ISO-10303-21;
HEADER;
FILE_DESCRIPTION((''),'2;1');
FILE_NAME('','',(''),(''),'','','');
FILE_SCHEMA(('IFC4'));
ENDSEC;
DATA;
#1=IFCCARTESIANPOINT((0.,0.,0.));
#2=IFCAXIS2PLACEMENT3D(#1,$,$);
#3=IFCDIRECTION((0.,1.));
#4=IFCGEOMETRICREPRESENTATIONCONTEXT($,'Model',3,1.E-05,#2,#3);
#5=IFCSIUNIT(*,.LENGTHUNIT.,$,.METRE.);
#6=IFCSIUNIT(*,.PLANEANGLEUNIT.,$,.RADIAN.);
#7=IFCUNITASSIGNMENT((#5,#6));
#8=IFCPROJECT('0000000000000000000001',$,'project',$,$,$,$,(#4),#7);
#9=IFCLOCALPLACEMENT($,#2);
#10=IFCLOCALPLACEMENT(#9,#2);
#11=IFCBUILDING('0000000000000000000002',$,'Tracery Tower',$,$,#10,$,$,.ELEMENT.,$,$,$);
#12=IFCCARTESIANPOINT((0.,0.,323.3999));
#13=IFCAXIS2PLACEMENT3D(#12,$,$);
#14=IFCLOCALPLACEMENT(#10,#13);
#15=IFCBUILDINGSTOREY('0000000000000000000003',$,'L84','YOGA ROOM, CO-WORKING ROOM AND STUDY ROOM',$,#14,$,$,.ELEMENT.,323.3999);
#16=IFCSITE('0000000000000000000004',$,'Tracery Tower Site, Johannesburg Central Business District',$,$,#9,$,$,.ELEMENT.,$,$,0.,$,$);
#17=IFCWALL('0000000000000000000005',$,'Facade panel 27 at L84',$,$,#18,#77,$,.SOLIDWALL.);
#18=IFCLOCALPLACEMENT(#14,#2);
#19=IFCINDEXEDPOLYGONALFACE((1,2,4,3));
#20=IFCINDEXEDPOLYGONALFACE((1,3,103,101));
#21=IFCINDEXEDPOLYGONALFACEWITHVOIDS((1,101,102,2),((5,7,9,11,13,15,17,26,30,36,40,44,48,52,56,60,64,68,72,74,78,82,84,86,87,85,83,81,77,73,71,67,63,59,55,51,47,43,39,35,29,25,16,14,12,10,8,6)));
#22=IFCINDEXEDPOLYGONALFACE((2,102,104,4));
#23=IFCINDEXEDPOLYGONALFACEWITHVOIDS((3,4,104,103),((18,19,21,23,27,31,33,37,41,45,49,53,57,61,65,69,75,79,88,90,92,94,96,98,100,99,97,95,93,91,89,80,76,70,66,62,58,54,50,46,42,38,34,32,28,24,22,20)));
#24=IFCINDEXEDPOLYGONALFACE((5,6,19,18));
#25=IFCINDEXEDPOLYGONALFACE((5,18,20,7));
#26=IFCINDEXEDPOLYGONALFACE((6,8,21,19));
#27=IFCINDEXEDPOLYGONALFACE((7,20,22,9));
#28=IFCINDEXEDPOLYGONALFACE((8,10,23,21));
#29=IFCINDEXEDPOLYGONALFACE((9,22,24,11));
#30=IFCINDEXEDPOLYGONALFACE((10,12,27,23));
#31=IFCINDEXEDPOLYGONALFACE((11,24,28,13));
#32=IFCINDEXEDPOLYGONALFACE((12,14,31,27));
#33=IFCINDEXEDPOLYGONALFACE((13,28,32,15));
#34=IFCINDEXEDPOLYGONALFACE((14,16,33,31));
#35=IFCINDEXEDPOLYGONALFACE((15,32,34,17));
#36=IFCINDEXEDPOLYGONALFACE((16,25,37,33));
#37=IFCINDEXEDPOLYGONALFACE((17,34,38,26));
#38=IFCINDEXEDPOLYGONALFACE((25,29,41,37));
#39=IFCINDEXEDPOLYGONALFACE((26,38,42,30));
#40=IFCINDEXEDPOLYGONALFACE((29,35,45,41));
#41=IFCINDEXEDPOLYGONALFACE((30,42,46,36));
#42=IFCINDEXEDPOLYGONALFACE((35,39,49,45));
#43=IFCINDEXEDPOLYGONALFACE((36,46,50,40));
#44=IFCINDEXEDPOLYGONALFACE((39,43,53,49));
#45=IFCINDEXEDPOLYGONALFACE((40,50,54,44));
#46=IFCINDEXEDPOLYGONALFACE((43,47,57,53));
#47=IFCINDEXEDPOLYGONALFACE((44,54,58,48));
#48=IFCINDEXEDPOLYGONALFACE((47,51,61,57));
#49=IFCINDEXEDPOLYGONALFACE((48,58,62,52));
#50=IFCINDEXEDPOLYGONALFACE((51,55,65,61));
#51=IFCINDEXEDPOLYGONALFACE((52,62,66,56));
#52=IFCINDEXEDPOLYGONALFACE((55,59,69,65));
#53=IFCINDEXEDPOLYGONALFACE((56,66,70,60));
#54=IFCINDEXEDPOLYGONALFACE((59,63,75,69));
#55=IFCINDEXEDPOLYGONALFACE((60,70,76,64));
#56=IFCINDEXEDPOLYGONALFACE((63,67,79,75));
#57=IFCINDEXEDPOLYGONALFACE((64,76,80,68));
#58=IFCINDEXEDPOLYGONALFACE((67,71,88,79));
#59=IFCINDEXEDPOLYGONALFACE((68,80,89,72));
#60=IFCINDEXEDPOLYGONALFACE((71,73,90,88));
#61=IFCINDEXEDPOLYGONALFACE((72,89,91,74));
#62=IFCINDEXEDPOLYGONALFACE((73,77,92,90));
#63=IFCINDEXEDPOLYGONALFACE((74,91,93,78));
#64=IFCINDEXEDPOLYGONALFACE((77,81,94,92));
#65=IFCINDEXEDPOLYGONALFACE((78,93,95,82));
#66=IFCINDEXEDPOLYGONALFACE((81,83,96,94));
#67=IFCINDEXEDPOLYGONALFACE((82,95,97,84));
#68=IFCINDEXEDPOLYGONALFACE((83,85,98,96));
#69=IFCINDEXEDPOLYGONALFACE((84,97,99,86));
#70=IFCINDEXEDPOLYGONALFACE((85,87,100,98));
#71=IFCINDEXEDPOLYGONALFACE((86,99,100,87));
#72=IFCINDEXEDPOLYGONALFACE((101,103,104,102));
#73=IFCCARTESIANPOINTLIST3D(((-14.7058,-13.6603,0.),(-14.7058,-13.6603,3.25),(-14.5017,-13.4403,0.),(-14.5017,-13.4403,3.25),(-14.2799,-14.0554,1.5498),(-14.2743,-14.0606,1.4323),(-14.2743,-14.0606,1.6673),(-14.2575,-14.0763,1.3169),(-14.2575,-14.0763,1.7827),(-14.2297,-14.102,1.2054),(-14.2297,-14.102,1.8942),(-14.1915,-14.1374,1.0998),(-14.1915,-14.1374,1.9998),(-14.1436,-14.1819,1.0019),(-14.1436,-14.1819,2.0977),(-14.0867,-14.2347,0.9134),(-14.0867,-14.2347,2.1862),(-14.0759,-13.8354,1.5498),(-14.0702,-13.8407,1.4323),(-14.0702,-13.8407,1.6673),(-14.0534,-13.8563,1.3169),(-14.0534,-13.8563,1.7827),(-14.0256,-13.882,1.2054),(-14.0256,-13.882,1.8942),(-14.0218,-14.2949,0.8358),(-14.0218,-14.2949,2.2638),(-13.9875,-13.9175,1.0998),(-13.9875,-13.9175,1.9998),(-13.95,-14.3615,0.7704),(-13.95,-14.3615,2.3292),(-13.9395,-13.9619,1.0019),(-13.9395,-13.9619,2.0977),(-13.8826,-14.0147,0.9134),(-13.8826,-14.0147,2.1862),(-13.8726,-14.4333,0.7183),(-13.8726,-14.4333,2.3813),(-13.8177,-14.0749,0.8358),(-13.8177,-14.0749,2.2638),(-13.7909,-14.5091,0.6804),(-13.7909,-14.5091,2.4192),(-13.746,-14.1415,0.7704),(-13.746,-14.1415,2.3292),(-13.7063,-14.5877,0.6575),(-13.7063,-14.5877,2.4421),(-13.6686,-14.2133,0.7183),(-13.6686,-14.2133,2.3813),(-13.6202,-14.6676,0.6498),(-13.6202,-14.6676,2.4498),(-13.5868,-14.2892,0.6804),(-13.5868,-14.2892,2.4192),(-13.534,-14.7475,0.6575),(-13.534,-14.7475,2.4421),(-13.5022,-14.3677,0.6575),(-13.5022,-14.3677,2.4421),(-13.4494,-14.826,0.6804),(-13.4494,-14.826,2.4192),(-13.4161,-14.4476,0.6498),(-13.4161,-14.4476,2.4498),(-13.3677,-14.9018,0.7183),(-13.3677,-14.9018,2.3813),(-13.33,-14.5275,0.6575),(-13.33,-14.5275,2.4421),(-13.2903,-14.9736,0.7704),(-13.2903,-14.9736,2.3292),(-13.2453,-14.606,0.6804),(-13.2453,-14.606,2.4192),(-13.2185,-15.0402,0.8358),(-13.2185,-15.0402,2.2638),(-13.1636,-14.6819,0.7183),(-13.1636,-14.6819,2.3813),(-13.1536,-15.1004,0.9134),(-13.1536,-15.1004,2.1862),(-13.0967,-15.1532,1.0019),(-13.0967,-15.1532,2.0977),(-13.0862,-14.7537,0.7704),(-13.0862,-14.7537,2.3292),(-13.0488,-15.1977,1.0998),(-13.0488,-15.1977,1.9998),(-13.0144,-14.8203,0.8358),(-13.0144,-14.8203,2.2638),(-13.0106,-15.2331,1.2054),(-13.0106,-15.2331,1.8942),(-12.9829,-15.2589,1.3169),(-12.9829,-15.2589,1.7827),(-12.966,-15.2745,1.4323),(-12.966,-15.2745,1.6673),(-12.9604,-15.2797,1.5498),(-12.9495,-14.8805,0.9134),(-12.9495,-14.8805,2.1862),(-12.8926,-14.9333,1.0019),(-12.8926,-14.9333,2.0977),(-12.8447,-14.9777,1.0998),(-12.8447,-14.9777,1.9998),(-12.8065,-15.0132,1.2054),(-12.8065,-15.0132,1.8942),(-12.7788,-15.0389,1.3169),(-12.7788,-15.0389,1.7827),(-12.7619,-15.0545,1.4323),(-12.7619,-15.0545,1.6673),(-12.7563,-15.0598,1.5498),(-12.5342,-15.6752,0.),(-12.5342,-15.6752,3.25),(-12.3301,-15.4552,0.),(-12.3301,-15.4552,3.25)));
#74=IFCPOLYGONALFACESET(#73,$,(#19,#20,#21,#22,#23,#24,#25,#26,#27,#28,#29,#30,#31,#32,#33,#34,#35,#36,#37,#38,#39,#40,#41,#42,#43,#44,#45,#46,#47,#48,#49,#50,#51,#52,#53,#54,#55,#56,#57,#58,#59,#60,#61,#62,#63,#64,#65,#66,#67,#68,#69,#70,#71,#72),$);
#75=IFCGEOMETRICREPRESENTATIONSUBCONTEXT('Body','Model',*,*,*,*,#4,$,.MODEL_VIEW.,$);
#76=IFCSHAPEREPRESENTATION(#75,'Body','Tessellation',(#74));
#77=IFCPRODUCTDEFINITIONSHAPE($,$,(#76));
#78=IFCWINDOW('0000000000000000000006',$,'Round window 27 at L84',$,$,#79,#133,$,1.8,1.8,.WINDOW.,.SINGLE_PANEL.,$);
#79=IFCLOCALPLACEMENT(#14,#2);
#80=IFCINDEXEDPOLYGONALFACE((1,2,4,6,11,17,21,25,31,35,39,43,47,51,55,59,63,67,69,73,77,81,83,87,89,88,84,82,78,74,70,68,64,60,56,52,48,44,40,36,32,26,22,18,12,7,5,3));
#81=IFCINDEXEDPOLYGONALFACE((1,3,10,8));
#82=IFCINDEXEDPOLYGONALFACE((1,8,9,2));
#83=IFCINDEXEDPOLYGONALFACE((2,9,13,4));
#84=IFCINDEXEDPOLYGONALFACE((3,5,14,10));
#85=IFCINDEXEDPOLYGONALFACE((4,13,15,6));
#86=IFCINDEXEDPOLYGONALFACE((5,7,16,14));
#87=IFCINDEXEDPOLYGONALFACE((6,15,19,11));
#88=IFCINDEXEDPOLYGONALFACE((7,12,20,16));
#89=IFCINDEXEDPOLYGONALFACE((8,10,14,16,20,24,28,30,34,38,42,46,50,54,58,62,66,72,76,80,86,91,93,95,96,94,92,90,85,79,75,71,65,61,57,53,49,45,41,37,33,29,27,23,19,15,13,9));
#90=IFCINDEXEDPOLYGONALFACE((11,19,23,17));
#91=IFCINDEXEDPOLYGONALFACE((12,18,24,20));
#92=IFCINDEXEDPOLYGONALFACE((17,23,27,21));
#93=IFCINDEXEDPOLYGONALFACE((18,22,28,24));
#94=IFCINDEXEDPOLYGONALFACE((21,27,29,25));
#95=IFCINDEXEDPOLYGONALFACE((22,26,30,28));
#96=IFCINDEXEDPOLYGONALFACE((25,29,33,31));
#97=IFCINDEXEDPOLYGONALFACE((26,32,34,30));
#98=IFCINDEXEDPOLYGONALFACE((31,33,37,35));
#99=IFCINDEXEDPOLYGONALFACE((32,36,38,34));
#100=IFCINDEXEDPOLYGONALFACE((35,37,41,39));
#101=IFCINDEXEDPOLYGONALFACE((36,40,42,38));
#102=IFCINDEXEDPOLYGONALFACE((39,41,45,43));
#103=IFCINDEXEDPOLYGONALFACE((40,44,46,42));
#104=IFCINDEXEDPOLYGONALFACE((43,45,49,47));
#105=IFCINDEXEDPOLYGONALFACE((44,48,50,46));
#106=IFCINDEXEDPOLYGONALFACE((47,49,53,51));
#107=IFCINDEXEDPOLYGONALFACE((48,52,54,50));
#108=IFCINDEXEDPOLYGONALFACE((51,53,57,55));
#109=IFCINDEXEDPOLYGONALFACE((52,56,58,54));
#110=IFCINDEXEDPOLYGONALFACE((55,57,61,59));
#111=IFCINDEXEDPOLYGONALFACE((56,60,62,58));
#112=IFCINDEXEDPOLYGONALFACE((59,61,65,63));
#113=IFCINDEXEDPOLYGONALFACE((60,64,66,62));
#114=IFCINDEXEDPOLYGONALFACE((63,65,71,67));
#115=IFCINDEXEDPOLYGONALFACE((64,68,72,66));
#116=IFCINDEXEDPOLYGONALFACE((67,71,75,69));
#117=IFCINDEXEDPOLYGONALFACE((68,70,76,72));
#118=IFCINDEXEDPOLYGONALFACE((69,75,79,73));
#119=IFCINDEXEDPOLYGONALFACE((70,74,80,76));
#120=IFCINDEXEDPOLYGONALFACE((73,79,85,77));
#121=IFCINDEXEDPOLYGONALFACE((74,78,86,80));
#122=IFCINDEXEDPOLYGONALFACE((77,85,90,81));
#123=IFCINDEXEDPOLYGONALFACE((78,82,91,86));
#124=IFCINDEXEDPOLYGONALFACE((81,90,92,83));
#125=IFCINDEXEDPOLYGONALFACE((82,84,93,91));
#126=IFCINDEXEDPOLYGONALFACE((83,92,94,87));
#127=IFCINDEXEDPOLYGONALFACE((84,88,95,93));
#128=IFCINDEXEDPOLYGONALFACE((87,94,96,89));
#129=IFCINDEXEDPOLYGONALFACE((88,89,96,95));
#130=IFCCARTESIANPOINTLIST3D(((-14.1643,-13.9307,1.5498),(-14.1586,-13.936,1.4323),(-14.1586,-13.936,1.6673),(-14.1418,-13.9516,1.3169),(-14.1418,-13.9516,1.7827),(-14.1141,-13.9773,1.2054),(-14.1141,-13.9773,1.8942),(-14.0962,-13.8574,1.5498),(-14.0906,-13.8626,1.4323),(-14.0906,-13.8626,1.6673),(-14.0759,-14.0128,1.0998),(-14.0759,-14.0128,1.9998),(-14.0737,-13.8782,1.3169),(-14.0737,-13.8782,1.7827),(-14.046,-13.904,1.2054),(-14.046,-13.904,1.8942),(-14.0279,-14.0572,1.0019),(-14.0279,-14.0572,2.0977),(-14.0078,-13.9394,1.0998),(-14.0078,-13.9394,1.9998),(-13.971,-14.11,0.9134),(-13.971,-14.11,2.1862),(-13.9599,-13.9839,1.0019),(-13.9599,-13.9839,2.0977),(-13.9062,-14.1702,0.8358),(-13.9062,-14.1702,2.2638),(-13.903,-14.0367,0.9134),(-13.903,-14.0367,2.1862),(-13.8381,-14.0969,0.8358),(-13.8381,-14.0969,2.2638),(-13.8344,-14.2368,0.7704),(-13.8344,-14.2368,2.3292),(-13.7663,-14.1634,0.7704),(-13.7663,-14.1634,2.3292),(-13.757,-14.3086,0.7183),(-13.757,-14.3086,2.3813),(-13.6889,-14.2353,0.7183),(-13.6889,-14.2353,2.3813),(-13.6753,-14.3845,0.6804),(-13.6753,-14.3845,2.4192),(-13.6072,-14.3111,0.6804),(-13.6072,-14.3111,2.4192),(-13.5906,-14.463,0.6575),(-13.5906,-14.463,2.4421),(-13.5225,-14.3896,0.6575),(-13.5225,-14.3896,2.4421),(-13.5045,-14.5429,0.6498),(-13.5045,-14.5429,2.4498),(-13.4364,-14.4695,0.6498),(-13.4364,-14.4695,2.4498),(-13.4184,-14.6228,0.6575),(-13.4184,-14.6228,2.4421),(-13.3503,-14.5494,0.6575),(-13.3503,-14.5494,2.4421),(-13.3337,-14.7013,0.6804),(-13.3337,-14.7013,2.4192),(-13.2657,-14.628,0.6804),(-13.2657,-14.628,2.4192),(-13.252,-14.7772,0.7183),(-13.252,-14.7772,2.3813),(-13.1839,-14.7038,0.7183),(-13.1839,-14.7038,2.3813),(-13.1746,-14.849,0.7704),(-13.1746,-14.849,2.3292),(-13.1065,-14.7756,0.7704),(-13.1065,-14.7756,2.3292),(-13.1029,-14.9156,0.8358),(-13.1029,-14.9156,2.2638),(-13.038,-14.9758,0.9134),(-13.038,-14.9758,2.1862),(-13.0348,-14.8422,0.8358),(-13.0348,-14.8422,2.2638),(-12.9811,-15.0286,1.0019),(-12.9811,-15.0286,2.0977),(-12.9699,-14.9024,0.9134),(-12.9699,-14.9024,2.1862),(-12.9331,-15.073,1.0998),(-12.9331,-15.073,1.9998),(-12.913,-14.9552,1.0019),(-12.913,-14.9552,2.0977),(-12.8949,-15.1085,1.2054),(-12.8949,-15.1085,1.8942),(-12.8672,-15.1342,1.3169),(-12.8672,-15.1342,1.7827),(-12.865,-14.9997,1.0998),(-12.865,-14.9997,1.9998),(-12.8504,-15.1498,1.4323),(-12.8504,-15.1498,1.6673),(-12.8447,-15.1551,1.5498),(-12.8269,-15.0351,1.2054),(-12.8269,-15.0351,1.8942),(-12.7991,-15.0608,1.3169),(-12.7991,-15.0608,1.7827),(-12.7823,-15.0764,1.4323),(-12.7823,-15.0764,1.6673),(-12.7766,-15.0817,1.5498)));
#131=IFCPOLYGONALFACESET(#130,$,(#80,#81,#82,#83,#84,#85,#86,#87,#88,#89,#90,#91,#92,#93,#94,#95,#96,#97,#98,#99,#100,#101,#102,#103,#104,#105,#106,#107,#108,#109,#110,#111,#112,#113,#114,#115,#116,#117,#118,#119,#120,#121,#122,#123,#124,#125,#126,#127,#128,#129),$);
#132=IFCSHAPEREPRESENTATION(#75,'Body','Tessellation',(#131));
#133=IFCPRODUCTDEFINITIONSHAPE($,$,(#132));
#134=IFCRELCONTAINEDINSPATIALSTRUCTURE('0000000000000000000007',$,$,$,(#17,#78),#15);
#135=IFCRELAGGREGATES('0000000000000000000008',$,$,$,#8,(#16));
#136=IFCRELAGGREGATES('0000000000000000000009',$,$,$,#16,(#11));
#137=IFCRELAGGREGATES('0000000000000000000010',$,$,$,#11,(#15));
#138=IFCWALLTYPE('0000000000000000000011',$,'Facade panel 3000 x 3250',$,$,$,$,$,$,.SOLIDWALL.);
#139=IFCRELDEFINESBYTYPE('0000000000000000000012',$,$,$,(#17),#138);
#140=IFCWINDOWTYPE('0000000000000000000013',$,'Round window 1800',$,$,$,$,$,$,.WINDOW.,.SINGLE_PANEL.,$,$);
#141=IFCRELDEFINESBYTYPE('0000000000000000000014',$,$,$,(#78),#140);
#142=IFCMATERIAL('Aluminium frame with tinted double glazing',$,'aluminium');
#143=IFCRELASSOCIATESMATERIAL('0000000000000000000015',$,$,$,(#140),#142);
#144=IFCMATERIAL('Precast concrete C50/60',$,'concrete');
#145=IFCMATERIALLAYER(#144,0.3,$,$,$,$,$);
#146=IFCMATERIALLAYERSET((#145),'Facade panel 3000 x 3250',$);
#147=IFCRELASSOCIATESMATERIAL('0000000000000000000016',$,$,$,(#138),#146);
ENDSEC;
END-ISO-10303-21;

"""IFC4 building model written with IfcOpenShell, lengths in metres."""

from ifc_helpers import new_model, si_unit, direction, frame, frame_2d, origin, origin_2d, place, context, subcontext, project, spatial, rectangle, circle, extrude, material, layer, layer_set, type_object, element, fill, save


model = new_model("IFC4")

# Units and contexts
model_context = context("Model", 3, precision=1e-05, world=origin(), true_north=direction((0.0, 1.0)))
body_context = subcontext(model_context, "Body", "Model", "MODEL_VIEW")
ifc_project = project(units=[si_unit("LENGTHUNIT", "METRE"), si_unit("PLANEANGLEUNIT", "RADIAN")], contexts=[model_context])

# Site, building, storey
site_placement = place(None, origin())
site = spatial("IfcSite", under=ifc_project, at=site_placement, Name="Tracery Tower Site, Johannesburg Central Business District", CompositionType="ELEMENT", RefElevation=0.0)
building_placement = place(site_placement, origin())
building = spatial("IfcBuilding", under=site, at=building_placement, Name="Tracery Tower", CompositionType="ELEMENT")
storey_placement = place(building_placement, frame((0.0, 0.0, 323.3999)))
storey = spatial("IfcBuildingStorey", under=building, at=storey_placement, Name="L84", Description="YOGA ROOM, CO-WORKING ROOM AND STUDY ROOM", CompositionType="ELEMENT", Elevation=323.3999)

# Wall, opening, window
ifc_material_1 = material(Name="Aluminium frame with tinted double glazing", Category="aluminium")
window_type = type_object("IfcWindowType", Name="Round window 1800", PartitioningType="SINGLE_PANEL", PredefinedType="WINDOW", material=ifc_material_1)
ifc_material_2 = material(Name="Precast concrete C50/60", Category="concrete")
ifc_layer_1 = layer(ifc_material_2, 0.3)
ifc_layer_set_1 = layer_set([ifc_layer_1], Name="Facade panel 3000 x 3250")
wall_type_1 = type_object("IfcWallType", Name="Facade panel 3000 x 3250", PredefinedType="SOLIDWALL", material=ifc_layer_set_1)
wall_1_placement = place(storey_placement, frame((-14.6038, -13.5503, 0.0), z_axis=(0.0, 0.0, 1.0), x_axis=(0.733066, -0.680157, 0.0)))
wall_1 = element("IfcWall", 1, at=wall_1_placement, inside=storey, type_object=wall_type_1, Name="Facade panel 27 at L84", PredefinedType="SOLIDWALL", context=body_context, shape_type="SweptSolid", body=[
    extrude(rectangle(XDim=2.9624, YDim=0.3, at=frame_2d((1.4812, 0.0))), origin(), (0.0, 0.0, 1.0), 3.25),
])
opening_1_placement = place(wall_1_placement, frame((1.481, 0.0, 1.5498)))
opening_1 = element("IfcOpeningElement", 2, at=opening_1_placement, cuts=wall_1, PredefinedType="OPENING", context=body_context, shape_type="SweptSolid", body=[
    extrude(circle(Radius=0.9, at=origin_2d()), frame((0.0, 0.1599, 0.0), z_axis=(0.0, -1.0, 0.0), x_axis=(1.0, 0.0, 0.0)), (0.0, 0.0, 1.0), 0.3201),
])
window_1_placement = place(opening_1_placement, origin())
window_1 = element("IfcWindow", 3, at=window_1_placement, inside=storey, type_object=window_type, Name="Round window 27 at L84", OverallHeight=1.8, OverallWidth=1.8, PartitioningType="SINGLE_PANEL", PredefinedType="WINDOW", context=body_context, shape_type="SweptSolid", body=[
    extrude(circle(Radius=0.9, at=origin_2d()), frame((0.0, 0.1201, 0.0), z_axis=(0.0, -1.0, 0.0), x_axis=(1.0, 0.0, 0.0)), (0.0, 0.0, 1.0), 0.1001),
])
fill(opening_1, window_1)

save(model, "model.ifc")
